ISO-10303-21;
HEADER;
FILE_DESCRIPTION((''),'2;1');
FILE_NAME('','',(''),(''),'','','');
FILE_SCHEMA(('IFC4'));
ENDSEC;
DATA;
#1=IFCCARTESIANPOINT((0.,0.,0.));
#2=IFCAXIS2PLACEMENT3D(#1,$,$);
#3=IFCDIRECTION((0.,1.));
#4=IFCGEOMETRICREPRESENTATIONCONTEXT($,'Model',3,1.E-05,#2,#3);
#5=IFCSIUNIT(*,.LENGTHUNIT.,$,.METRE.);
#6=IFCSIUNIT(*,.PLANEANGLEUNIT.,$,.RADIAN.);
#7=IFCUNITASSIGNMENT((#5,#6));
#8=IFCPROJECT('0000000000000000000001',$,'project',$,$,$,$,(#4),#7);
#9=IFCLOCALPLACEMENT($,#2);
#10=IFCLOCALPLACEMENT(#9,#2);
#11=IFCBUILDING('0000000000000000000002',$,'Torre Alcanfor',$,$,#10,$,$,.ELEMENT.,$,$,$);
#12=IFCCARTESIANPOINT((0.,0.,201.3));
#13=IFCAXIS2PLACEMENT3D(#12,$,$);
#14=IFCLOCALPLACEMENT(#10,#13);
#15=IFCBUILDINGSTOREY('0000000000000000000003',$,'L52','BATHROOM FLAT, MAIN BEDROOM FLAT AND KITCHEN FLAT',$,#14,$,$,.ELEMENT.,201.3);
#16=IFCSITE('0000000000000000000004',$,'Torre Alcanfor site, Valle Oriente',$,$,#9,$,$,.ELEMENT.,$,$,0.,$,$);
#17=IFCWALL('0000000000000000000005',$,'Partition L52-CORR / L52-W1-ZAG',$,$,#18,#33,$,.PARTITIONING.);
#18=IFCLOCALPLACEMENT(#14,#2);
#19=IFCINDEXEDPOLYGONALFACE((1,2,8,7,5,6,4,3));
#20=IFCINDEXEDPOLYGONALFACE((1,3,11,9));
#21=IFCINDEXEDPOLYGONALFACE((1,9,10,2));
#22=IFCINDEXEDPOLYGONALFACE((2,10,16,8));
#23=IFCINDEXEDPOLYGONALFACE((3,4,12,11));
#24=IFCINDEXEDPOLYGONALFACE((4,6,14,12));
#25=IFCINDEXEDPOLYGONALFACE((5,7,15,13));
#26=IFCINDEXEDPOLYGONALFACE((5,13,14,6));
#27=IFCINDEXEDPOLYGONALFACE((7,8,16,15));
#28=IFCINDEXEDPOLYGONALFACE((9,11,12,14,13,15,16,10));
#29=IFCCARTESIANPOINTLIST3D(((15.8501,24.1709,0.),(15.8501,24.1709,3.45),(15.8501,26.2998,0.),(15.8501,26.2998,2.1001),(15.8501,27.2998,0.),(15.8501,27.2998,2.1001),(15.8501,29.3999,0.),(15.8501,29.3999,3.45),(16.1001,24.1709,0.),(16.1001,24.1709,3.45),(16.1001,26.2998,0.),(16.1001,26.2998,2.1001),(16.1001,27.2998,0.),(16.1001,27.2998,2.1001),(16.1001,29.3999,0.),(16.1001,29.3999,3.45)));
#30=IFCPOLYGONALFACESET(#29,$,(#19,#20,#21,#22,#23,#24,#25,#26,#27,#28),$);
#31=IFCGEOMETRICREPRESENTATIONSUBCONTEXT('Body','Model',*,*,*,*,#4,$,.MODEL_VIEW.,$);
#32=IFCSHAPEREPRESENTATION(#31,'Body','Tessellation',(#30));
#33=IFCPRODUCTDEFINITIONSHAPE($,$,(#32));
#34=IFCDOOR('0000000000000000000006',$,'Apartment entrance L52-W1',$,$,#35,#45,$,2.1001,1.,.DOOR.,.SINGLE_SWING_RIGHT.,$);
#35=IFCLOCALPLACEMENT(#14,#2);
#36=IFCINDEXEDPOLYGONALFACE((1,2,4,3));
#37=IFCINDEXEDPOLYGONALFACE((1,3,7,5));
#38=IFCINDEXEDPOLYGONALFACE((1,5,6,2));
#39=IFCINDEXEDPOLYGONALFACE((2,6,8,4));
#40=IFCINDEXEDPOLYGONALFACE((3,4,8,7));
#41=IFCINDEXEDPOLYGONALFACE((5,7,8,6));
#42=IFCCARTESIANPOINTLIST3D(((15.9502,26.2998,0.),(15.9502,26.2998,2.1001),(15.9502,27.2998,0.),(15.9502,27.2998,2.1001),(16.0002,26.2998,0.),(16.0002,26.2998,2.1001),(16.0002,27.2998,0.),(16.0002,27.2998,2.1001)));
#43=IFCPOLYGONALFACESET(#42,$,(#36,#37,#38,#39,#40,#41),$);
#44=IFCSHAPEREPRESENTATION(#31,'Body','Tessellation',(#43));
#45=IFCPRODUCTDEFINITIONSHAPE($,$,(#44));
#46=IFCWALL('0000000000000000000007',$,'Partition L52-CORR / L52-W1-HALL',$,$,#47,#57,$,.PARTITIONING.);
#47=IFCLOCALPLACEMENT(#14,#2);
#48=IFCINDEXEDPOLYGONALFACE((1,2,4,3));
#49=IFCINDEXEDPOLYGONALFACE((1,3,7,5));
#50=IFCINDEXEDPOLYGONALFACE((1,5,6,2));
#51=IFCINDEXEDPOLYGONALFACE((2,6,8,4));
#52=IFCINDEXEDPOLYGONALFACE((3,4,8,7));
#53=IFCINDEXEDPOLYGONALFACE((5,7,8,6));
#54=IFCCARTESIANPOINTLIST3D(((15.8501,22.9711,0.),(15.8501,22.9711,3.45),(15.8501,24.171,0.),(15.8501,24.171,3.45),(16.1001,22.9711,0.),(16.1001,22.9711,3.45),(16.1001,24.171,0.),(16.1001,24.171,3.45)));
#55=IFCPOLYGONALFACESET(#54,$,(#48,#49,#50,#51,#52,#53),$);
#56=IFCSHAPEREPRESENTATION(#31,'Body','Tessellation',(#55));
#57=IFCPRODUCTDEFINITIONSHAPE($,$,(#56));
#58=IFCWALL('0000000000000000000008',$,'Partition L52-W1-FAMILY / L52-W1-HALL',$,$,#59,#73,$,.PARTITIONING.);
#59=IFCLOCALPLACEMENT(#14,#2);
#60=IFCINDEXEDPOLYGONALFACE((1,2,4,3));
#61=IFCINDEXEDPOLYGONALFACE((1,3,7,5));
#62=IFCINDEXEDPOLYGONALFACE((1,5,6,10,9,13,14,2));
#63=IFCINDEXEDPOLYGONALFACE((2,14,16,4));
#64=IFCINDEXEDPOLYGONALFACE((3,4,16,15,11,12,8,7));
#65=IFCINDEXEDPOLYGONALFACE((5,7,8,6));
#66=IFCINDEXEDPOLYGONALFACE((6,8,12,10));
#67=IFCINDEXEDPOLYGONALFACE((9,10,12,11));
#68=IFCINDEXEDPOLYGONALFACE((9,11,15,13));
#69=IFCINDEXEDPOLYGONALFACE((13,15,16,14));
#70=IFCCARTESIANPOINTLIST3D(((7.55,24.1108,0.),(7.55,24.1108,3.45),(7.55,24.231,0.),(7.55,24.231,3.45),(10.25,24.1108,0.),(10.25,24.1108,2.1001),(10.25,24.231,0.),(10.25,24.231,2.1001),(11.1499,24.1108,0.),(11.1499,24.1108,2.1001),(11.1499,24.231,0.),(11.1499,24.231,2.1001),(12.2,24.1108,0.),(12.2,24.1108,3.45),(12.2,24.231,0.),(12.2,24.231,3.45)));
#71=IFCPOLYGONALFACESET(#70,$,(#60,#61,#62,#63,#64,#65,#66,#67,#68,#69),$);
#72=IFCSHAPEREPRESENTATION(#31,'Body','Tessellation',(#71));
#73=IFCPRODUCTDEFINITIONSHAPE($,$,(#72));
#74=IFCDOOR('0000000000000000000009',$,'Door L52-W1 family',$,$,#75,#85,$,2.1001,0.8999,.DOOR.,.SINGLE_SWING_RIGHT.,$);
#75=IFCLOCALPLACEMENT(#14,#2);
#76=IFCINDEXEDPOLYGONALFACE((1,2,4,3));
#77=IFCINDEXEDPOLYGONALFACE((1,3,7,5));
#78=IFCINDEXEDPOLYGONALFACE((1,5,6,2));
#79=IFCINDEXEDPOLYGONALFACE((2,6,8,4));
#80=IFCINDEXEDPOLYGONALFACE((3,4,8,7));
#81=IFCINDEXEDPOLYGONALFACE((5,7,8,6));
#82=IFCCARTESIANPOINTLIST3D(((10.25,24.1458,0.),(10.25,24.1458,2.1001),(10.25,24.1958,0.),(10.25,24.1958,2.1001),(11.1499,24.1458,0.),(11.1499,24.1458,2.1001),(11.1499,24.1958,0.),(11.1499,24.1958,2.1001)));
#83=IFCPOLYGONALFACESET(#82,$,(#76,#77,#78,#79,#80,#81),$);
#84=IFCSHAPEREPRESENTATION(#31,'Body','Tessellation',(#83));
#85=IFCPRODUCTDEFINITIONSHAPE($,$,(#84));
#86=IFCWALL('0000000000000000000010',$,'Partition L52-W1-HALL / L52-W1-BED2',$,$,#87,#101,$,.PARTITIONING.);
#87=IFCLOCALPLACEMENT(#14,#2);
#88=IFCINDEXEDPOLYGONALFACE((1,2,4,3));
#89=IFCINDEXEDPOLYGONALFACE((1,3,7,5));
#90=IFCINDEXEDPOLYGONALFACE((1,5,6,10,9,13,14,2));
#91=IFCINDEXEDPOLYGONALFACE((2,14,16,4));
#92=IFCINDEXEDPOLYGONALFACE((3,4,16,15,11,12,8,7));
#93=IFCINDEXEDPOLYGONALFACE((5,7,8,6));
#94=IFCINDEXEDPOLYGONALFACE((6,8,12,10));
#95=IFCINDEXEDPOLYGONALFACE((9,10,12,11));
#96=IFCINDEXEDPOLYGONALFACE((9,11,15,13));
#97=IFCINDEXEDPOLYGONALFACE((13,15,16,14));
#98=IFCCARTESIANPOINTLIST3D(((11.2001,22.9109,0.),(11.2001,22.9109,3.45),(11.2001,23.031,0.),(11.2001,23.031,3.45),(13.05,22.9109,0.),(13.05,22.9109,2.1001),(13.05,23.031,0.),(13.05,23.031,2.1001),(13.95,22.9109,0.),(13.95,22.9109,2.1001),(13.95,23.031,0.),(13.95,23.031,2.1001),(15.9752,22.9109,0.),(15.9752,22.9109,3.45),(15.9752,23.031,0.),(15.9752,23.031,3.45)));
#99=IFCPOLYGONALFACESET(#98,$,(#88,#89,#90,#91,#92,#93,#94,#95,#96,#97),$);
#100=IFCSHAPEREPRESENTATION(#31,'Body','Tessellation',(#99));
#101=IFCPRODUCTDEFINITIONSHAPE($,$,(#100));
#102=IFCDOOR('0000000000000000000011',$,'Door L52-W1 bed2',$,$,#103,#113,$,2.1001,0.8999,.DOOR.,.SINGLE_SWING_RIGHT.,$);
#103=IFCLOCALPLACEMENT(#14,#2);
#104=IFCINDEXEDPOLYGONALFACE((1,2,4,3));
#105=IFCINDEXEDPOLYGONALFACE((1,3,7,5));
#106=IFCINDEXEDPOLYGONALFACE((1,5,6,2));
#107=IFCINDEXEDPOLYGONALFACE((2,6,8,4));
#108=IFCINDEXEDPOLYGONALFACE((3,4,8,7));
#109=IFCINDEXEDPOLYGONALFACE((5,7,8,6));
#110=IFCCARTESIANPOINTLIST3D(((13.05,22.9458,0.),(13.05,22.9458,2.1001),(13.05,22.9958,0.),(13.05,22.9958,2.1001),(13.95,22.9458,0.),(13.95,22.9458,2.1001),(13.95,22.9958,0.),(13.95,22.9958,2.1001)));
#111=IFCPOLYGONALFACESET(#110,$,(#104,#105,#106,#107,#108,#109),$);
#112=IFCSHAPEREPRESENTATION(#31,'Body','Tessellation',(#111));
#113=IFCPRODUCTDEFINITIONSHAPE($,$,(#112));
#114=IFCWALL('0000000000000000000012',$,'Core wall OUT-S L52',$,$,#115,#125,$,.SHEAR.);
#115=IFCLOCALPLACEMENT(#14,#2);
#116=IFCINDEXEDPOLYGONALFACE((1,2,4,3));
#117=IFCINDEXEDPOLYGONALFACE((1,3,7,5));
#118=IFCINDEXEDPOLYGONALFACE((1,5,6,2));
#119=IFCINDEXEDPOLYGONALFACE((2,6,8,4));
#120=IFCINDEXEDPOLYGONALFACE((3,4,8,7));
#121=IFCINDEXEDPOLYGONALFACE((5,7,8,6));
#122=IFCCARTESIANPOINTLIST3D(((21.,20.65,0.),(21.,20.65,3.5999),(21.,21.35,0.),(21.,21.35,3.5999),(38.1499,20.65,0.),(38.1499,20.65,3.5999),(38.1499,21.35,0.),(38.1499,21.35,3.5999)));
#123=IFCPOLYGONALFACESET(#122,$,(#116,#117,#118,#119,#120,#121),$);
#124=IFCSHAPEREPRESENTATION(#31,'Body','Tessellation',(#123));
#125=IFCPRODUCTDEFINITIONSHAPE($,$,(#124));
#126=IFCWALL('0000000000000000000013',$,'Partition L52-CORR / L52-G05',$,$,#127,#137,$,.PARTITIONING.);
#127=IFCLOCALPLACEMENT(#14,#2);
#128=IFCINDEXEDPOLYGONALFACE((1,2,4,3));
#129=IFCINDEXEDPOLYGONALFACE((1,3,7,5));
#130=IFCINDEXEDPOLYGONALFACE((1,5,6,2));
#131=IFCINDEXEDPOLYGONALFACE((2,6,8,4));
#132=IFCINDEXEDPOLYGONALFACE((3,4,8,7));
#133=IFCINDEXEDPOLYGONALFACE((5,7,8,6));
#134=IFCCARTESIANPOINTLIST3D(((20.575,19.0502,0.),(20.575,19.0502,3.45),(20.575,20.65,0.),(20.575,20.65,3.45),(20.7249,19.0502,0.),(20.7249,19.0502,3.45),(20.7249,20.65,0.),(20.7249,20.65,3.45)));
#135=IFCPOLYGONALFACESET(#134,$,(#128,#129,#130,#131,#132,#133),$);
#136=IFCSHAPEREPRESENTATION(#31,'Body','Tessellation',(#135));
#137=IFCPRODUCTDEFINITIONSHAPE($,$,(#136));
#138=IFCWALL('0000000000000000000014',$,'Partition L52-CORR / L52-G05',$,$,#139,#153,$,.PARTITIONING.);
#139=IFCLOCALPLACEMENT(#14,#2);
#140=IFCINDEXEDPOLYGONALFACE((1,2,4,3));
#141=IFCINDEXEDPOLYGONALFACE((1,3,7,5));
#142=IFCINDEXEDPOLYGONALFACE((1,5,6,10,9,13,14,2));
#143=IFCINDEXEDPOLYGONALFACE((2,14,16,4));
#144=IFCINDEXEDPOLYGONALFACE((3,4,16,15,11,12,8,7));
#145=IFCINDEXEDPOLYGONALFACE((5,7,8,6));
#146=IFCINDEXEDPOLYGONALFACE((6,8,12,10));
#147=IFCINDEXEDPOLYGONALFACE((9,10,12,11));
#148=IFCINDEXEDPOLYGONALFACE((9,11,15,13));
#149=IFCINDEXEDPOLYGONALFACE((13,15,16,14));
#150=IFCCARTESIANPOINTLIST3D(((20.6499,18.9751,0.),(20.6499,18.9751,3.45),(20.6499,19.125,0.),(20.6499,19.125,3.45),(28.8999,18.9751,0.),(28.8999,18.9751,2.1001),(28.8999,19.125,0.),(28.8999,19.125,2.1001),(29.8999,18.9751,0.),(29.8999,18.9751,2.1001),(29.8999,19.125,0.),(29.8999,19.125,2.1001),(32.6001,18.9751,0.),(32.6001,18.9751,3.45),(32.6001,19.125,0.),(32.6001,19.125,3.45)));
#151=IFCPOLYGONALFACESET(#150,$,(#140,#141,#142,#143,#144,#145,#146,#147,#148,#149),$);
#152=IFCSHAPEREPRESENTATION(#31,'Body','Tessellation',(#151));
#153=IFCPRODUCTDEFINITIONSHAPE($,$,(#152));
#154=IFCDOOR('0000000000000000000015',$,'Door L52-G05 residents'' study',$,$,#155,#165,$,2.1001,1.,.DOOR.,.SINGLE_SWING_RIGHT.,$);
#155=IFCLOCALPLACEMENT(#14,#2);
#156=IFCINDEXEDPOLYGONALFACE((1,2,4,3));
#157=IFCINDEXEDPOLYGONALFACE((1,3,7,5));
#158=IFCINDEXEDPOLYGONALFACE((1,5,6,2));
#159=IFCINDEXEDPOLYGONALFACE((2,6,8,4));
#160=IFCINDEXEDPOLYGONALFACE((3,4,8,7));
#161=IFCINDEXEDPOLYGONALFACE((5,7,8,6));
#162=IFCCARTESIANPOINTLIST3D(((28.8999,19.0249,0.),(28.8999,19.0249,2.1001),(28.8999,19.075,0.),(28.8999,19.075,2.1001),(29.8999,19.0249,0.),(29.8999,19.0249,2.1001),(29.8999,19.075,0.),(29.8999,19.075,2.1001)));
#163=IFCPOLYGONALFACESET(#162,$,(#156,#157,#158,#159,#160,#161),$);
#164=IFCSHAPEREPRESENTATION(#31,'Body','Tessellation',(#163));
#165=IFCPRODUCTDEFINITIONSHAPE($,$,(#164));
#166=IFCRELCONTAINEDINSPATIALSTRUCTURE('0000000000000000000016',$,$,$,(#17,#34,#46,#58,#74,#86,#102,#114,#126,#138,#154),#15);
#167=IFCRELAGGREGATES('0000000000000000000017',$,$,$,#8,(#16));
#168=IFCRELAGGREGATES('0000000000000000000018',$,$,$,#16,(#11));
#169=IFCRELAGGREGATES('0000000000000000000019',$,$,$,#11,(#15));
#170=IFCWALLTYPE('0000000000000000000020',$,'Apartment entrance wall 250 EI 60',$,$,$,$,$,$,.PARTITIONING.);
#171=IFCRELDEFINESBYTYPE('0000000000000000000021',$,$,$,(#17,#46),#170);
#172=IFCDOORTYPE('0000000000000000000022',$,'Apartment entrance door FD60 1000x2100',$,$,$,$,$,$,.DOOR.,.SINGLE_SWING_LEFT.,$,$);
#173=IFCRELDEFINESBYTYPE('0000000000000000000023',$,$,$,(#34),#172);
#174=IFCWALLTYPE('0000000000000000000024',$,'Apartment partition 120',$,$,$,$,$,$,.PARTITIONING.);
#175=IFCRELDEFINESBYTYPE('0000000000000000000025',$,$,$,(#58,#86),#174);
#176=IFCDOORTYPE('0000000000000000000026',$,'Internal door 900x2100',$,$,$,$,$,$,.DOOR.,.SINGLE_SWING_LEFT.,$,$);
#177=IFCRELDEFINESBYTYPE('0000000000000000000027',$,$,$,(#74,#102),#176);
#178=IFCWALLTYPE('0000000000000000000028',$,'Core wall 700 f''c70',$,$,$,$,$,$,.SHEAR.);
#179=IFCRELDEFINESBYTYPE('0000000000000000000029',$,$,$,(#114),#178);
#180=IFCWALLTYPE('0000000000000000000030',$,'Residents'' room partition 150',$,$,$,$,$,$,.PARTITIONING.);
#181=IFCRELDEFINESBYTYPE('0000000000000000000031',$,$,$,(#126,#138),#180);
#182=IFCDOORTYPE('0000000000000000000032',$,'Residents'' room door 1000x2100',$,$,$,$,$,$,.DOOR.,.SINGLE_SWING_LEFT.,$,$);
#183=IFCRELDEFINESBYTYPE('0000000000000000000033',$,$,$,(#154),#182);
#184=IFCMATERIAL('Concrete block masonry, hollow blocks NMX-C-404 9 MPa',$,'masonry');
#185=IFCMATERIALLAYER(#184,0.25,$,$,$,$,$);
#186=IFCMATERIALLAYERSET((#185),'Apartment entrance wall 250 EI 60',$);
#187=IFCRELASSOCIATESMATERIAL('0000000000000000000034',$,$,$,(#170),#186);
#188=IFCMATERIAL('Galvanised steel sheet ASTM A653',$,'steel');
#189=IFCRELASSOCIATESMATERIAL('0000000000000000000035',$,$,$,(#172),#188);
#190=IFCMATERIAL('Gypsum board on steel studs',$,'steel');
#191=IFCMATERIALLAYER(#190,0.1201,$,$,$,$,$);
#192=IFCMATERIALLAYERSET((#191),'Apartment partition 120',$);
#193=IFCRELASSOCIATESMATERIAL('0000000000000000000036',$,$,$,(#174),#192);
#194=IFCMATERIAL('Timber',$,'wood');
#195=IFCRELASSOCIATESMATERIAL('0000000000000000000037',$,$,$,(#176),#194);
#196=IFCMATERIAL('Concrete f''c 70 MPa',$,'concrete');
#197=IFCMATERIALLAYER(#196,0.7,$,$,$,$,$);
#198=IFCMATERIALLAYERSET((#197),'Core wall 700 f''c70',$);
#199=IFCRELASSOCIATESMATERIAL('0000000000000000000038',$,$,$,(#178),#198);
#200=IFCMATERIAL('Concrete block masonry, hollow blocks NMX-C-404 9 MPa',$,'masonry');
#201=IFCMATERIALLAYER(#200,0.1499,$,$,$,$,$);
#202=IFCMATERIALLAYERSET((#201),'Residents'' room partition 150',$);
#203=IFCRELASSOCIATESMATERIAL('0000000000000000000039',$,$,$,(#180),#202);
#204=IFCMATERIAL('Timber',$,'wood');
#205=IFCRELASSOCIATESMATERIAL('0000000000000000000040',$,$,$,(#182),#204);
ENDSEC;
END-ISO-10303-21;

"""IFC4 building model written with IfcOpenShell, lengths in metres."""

from ifc_helpers import new_model, si_unit, direction, frame, frame_2d, origin, place, context, subcontext, project, spatial, rectangle, extrude, material, layer, layer_set, type_object, element, fill, save


model = new_model("IFC4")

# Units and contexts
model_context = context("Model", 3, precision=1e-05, world=origin(), true_north=direction((0.0, 1.0)))
body_context = subcontext(model_context, "Body", "Model", "MODEL_VIEW")
ifc_project = project(units=[si_unit("LENGTHUNIT", "METRE"), si_unit("PLANEANGLEUNIT", "RADIAN")], contexts=[model_context])

# Site, building, storey
site_placement = place(None, origin())
site = spatial("IfcSite", under=ifc_project, at=site_placement, Name="Torre Alcanfor site, Valle Oriente", CompositionType="ELEMENT", RefElevation=0.0)
building_placement = place(site_placement, origin())
building = spatial("IfcBuilding", under=site, at=building_placement, Name="Torre Alcanfor", CompositionType="ELEMENT")
storey_placement = place(building_placement, frame((0.0, 0.0, 201.3)))
storey = spatial("IfcBuildingStorey", under=building, at=storey_placement, Name="L52", Description="BATHROOM FLAT, MAIN BEDROOM FLAT AND KITCHEN FLAT", CompositionType="ELEMENT", Elevation=201.3)

# Wall, opening, door
ifc_material_1 = material(Name="Concrete block masonry, hollow blocks NMX-C-404 9 MPa", Category="masonry")
ifc_layer_1 = layer(ifc_material_1, 0.25)
ifc_layer_set_1 = layer_set([ifc_layer_1], Name="Apartment entrance wall 250 EI 60")
wall_type_1 = type_object("IfcWallType", Name="Apartment entrance wall 250 EI 60", PredefinedType="PARTITIONING", material=ifc_layer_set_1)
wall_1_placement = place(storey_placement, frame((15.9751, 24.1709, 0.0), z_axis=(0.0, 0.0, 1.0), x_axis=(0.0, 1.0, 0.0)))
wall_1 = element("IfcWall", 1, at=wall_1_placement, inside=storey, type_object=wall_type_1, Name="Partition L52-CORR / L52-W1-ZAG", PredefinedType="PARTITIONING", context=body_context, shape_type="SweptSolid", body=[
    extrude(rectangle(XDim=5.229, YDim=0.25, at=frame_2d((2.6145, 0.0))), origin(), (0.0, 0.0, 1.0), 3.45),
])
opening_1_placement = place(wall_1_placement, frame((2.1289, 0.0, 0.0)))
opening_1 = element("IfcOpeningElement", 2, at=opening_1_placement, cuts=wall_1, PredefinedType="OPENING", context=body_context, shape_type="SweptSolid", body=[
    extrude(rectangle(XDim=1.0, YDim=2.1001, at=frame_2d((0.5, 1.05))), frame((0.0, 0.135, 0.0), z_axis=(0.0, -1.0, 0.0), x_axis=(1.0, 0.0, 0.0)), (0.0, 0.0, 1.0), 0.27),
])
ifc_material_2 = material(Name="Galvanised steel sheet ASTM A653", Category="steel")
door_type_1 = type_object("IfcDoorType", Name="Apartment entrance door FD60 1000x2100", OperationType="SINGLE_SWING_LEFT", PredefinedType="DOOR", material=ifc_material_2)
door_1_placement = place(opening_1_placement, origin())
door_1 = element("IfcDoor", 3, at=door_1_placement, inside=storey, type_object=door_type_1, Name="Apartment entrance L52-W1", OperationType="SINGLE_SWING_RIGHT", OverallHeight=2.1001, OverallWidth=1.0, PredefinedType="DOOR", context=body_context, shape_type="SweptSolid", body=[
    extrude(rectangle(XDim=1.0, YDim=2.1001, at=frame_2d((0.5, 1.05))), frame((0.0, 0.0249, 0.0), z_axis=(0.0, -1.0, 0.0), x_axis=(1.0, 0.0, 0.0)), (0.0, 0.0, 1.0), 0.05),
])
fill(opening_1, door_1)

# Wall
wall_2_placement = place(storey_placement, frame((15.9751, 22.9709, 0.0), z_axis=(0.0, 0.0, 1.0), x_axis=(0.0, 1.0, 0.0)))
element("IfcWall", 4, at=wall_2_placement, inside=storey, type_object=wall_type_1, Name="Partition L52-CORR / L52-W1-HALL", PredefinedType="PARTITIONING", context=body_context, shape_type="SweptSolid", body=[
    extrude(rectangle(XDim=1.2, YDim=0.25, at=frame_2d((0.6001, 0.0))), origin(), (0.0, 0.0, 1.0), 3.45),
])

# Walls, openings, doors
ifc_material_3 = material(Name="Gypsum board on steel studs", Category="steel")
ifc_layer_2 = layer(ifc_material_3, 0.1201)
ifc_layer_set_2 = layer_set([ifc_layer_2], Name="Apartment partition 120")
wall_type_2 = type_object("IfcWallType", Name="Apartment partition 120", PredefinedType="PARTITIONING", material=ifc_layer_set_2)
wall_3_placement = place(storey_placement, frame((7.55, 24.1709, 0.0), z_axis=(0.0, 0.0, 1.0), x_axis=(1.0, 0.0, 0.0)))
wall_3 = element("IfcWall", 5, at=wall_3_placement, inside=storey, type_object=wall_type_2, Name="Partition L52-W1-FAMILY / L52-W1-HALL", PredefinedType="PARTITIONING", context=body_context, shape_type="SweptSolid", body=[
    extrude(rectangle(XDim=4.6499, YDim=0.1201, at=frame_2d((2.325, 0.0))), origin(), (0.0, 0.0, 1.0), 3.45),
])
opening_2_placement = place(wall_3_placement, frame((2.7, 0.0, 0.0)))
opening_2 = element("IfcOpeningElement", 6, at=opening_2_placement, cuts=wall_3, PredefinedType="OPENING", context=body_context, shape_type="SweptSolid", body=[
    extrude(rectangle(XDim=0.8999, YDim=2.1001, at=frame_2d((0.45, 1.05))), frame((0.0, 0.0701, 0.0), z_axis=(0.0, -1.0, 0.0), x_axis=(1.0, 0.0, 0.0)), (0.0, 0.0, 1.0), 0.1401),
])
ifc_material_4 = material(Name="Timber", Category="wood")
door_type_2 = type_object("IfcDoorType", Name="Internal door 900x2100", OperationType="SINGLE_SWING_LEFT", PredefinedType="DOOR", material=ifc_material_4)
door_2_placement = place(opening_2_placement, origin())
door_2 = element("IfcDoor", 7, at=door_2_placement, inside=storey, type_object=door_type_2, Name="Door L52-W1 family", OperationType="SINGLE_SWING_RIGHT", OverallHeight=2.1001, OverallWidth=0.8999, PredefinedType="DOOR", context=body_context, shape_type="SweptSolid", body=[
    extrude(rectangle(XDim=0.8999, YDim=2.1001, at=frame_2d((0.45, 1.05))), frame((0.0, 0.0249, 0.0), z_axis=(0.0, -1.0, 0.0), x_axis=(1.0, 0.0, 0.0)), (0.0, 0.0, 1.0), 0.05),
])
fill(opening_2, door_2)
wall_4_placement = place(storey_placement, frame((11.2, 22.9709, 0.0), z_axis=(0.0, 0.0, 1.0), x_axis=(1.0, 0.0, 0.0)))
wall_4 = element("IfcWall", 8, at=wall_4_placement, inside=storey, type_object=wall_type_2, Name="Partition L52-W1-HALL / L52-W1-BED2", PredefinedType="PARTITIONING", context=body_context, shape_type="SweptSolid", body=[
    extrude(rectangle(XDim=4.7751, YDim=0.1201, at=frame_2d((2.3877, 0.0))), origin(), (0.0, 0.0, 1.0), 3.45),
])
opening_3_placement = place(wall_4_placement, frame((1.8501, 0.0, 0.0)))
opening_3 = element("IfcOpeningElement", 9, at=opening_3_placement, cuts=wall_4, PredefinedType="OPENING", context=body_context, shape_type="SweptSolid", body=[
    extrude(rectangle(XDim=0.8999, YDim=2.1001, at=frame_2d((0.45, 1.05))), frame((0.0, 0.0701, 0.0), z_axis=(0.0, -1.0, 0.0), x_axis=(1.0, 0.0, 0.0)), (0.0, 0.0, 1.0), 0.1401),
])
door_3_placement = place(opening_3_placement, frame((0.8999, 0.0, 0.0), z_axis=(0.0, 0.0, 1.0), x_axis=(-1.0, 0.0, 0.0)))
door_3 = element("IfcDoor", 10, at=door_3_placement, inside=storey, type_object=door_type_2, Name="Door L52-W1 bed2", OperationType="SINGLE_SWING_RIGHT", OverallHeight=2.1001, OverallWidth=0.8999, PredefinedType="DOOR", context=body_context, shape_type="SweptSolid", body=[
    extrude(rectangle(XDim=0.8999, YDim=2.1001, at=frame_2d((0.45, 1.05))), frame((0.0, 0.0251, 0.0), z_axis=(0.0, -1.0, 0.0), x_axis=(1.0, 0.0, 0.0)), (0.0, 0.0, 1.0), 0.05),
])
fill(opening_3, door_3)

# Walls
ifc_material_5 = material(Name="Concrete f'c 70 MPa", Category="concrete")
ifc_layer_3 = layer(ifc_material_5, 0.7)
ifc_layer_set_3 = layer_set([ifc_layer_3], Name="Core wall 700 f'c70")
wall_type_3 = type_object("IfcWallType", Name="Core wall 700 f'c70", PredefinedType="SHEAR", material=ifc_layer_set_3)
wall_5_placement = place(storey_placement, frame((21.0, 21.0, 0.0), z_axis=(0.0, 0.0, 1.0), x_axis=(1.0, 0.0, 0.0)))
element("IfcWall", 11, at=wall_5_placement, inside=storey, type_object=wall_type_3, Name="Core wall OUT-S L52", PredefinedType="SHEAR", context=body_context, shape_type="SweptSolid", body=[
    extrude(rectangle(XDim=17.1499, YDim=0.7, at=frame_2d((8.575, 0.0))), origin(), (0.0, 0.0, 1.0), 3.5999),
])
ifc_material_6 = material(Name="Concrete block masonry, hollow blocks NMX-C-404 9 MPa", Category="masonry")
ifc_layer_4 = layer(ifc_material_6, 0.1499)
ifc_layer_set_4 = layer_set([ifc_layer_4], Name="Residents' room partition 150")
wall_type_4 = type_object("IfcWallType", Name="Residents' room partition 150", PredefinedType="PARTITIONING", material=ifc_layer_set_4)
wall_6_placement = place(storey_placement, frame((20.6499, 20.6499, 0.0), z_axis=(0.0, 0.0, 1.0), x_axis=(0.0, -1.0, 0.0)))
element("IfcWall", 12, at=wall_6_placement, inside=storey, type_object=wall_type_4, Name="Partition L52-CORR / L52-G05", PredefinedType="PARTITIONING", context=body_context, shape_type="SweptSolid", body=[
    extrude(rectangle(XDim=1.5999, YDim=0.1499, at=frame_2d((0.7998, 0.0))), origin(), (0.0, 0.0, 1.0), 3.45),
])

# Wall, opening, door
wall_7_placement = place(storey_placement, frame((20.6499, 19.05, 0.0), z_axis=(0.0, 0.0, 1.0), x_axis=(1.0, 0.0, 0.0)))
wall_7 = element("IfcWall", 13, at=wall_7_placement, inside=storey, type_object=wall_type_4, Name="Partition L52-CORR / L52-G05", PredefinedType="PARTITIONING", context=body_context, shape_type="SweptSolid", body=[
    extrude(rectangle(XDim=11.9502, YDim=0.1499, at=frame_2d((5.9751, 0.0))), origin(), (0.0, 0.0, 1.0), 3.45),
])
opening_4_placement = place(wall_7_placement, frame((8.25, 0.0, 0.0)))
opening_4 = element("IfcOpeningElement", 14, at=opening_4_placement, cuts=wall_7, PredefinedType="OPENING", context=body_context, shape_type="SweptSolid", body=[
    extrude(rectangle(XDim=1.0, YDim=2.1001, at=frame_2d((0.5, 1.05))), frame((0.0, 0.085, 0.0), z_axis=(0.0, -1.0, 0.0), x_axis=(1.0, 0.0, 0.0)), (0.0, 0.0, 1.0), 0.1699),
])
ifc_material_7 = material(Name="Timber", Category="wood")
door_type_3 = type_object("IfcDoorType", Name="Residents' room door 1000x2100", OperationType="SINGLE_SWING_LEFT", PredefinedType="DOOR", material=ifc_material_7)
door_4_placement = place(opening_4_placement, origin())
door_4 = element("IfcDoor", 15, at=door_4_placement, inside=storey, type_object=door_type_3, Name="Door L52-G05 residents' study", OperationType="SINGLE_SWING_RIGHT", OverallHeight=2.1001, OverallWidth=1.0, PredefinedType="DOOR", context=body_context, shape_type="SweptSolid", body=[
    extrude(rectangle(XDim=1.0, YDim=2.1001, at=frame_2d((0.5, 1.05))), frame((0.0, 0.0249, 0.0), z_axis=(0.0, -1.0, 0.0), x_axis=(1.0, 0.0, 0.0)), (0.0, 0.0, 1.0), 0.05),
])
fill(opening_4, door_4)

save(model, "model.ifc")
